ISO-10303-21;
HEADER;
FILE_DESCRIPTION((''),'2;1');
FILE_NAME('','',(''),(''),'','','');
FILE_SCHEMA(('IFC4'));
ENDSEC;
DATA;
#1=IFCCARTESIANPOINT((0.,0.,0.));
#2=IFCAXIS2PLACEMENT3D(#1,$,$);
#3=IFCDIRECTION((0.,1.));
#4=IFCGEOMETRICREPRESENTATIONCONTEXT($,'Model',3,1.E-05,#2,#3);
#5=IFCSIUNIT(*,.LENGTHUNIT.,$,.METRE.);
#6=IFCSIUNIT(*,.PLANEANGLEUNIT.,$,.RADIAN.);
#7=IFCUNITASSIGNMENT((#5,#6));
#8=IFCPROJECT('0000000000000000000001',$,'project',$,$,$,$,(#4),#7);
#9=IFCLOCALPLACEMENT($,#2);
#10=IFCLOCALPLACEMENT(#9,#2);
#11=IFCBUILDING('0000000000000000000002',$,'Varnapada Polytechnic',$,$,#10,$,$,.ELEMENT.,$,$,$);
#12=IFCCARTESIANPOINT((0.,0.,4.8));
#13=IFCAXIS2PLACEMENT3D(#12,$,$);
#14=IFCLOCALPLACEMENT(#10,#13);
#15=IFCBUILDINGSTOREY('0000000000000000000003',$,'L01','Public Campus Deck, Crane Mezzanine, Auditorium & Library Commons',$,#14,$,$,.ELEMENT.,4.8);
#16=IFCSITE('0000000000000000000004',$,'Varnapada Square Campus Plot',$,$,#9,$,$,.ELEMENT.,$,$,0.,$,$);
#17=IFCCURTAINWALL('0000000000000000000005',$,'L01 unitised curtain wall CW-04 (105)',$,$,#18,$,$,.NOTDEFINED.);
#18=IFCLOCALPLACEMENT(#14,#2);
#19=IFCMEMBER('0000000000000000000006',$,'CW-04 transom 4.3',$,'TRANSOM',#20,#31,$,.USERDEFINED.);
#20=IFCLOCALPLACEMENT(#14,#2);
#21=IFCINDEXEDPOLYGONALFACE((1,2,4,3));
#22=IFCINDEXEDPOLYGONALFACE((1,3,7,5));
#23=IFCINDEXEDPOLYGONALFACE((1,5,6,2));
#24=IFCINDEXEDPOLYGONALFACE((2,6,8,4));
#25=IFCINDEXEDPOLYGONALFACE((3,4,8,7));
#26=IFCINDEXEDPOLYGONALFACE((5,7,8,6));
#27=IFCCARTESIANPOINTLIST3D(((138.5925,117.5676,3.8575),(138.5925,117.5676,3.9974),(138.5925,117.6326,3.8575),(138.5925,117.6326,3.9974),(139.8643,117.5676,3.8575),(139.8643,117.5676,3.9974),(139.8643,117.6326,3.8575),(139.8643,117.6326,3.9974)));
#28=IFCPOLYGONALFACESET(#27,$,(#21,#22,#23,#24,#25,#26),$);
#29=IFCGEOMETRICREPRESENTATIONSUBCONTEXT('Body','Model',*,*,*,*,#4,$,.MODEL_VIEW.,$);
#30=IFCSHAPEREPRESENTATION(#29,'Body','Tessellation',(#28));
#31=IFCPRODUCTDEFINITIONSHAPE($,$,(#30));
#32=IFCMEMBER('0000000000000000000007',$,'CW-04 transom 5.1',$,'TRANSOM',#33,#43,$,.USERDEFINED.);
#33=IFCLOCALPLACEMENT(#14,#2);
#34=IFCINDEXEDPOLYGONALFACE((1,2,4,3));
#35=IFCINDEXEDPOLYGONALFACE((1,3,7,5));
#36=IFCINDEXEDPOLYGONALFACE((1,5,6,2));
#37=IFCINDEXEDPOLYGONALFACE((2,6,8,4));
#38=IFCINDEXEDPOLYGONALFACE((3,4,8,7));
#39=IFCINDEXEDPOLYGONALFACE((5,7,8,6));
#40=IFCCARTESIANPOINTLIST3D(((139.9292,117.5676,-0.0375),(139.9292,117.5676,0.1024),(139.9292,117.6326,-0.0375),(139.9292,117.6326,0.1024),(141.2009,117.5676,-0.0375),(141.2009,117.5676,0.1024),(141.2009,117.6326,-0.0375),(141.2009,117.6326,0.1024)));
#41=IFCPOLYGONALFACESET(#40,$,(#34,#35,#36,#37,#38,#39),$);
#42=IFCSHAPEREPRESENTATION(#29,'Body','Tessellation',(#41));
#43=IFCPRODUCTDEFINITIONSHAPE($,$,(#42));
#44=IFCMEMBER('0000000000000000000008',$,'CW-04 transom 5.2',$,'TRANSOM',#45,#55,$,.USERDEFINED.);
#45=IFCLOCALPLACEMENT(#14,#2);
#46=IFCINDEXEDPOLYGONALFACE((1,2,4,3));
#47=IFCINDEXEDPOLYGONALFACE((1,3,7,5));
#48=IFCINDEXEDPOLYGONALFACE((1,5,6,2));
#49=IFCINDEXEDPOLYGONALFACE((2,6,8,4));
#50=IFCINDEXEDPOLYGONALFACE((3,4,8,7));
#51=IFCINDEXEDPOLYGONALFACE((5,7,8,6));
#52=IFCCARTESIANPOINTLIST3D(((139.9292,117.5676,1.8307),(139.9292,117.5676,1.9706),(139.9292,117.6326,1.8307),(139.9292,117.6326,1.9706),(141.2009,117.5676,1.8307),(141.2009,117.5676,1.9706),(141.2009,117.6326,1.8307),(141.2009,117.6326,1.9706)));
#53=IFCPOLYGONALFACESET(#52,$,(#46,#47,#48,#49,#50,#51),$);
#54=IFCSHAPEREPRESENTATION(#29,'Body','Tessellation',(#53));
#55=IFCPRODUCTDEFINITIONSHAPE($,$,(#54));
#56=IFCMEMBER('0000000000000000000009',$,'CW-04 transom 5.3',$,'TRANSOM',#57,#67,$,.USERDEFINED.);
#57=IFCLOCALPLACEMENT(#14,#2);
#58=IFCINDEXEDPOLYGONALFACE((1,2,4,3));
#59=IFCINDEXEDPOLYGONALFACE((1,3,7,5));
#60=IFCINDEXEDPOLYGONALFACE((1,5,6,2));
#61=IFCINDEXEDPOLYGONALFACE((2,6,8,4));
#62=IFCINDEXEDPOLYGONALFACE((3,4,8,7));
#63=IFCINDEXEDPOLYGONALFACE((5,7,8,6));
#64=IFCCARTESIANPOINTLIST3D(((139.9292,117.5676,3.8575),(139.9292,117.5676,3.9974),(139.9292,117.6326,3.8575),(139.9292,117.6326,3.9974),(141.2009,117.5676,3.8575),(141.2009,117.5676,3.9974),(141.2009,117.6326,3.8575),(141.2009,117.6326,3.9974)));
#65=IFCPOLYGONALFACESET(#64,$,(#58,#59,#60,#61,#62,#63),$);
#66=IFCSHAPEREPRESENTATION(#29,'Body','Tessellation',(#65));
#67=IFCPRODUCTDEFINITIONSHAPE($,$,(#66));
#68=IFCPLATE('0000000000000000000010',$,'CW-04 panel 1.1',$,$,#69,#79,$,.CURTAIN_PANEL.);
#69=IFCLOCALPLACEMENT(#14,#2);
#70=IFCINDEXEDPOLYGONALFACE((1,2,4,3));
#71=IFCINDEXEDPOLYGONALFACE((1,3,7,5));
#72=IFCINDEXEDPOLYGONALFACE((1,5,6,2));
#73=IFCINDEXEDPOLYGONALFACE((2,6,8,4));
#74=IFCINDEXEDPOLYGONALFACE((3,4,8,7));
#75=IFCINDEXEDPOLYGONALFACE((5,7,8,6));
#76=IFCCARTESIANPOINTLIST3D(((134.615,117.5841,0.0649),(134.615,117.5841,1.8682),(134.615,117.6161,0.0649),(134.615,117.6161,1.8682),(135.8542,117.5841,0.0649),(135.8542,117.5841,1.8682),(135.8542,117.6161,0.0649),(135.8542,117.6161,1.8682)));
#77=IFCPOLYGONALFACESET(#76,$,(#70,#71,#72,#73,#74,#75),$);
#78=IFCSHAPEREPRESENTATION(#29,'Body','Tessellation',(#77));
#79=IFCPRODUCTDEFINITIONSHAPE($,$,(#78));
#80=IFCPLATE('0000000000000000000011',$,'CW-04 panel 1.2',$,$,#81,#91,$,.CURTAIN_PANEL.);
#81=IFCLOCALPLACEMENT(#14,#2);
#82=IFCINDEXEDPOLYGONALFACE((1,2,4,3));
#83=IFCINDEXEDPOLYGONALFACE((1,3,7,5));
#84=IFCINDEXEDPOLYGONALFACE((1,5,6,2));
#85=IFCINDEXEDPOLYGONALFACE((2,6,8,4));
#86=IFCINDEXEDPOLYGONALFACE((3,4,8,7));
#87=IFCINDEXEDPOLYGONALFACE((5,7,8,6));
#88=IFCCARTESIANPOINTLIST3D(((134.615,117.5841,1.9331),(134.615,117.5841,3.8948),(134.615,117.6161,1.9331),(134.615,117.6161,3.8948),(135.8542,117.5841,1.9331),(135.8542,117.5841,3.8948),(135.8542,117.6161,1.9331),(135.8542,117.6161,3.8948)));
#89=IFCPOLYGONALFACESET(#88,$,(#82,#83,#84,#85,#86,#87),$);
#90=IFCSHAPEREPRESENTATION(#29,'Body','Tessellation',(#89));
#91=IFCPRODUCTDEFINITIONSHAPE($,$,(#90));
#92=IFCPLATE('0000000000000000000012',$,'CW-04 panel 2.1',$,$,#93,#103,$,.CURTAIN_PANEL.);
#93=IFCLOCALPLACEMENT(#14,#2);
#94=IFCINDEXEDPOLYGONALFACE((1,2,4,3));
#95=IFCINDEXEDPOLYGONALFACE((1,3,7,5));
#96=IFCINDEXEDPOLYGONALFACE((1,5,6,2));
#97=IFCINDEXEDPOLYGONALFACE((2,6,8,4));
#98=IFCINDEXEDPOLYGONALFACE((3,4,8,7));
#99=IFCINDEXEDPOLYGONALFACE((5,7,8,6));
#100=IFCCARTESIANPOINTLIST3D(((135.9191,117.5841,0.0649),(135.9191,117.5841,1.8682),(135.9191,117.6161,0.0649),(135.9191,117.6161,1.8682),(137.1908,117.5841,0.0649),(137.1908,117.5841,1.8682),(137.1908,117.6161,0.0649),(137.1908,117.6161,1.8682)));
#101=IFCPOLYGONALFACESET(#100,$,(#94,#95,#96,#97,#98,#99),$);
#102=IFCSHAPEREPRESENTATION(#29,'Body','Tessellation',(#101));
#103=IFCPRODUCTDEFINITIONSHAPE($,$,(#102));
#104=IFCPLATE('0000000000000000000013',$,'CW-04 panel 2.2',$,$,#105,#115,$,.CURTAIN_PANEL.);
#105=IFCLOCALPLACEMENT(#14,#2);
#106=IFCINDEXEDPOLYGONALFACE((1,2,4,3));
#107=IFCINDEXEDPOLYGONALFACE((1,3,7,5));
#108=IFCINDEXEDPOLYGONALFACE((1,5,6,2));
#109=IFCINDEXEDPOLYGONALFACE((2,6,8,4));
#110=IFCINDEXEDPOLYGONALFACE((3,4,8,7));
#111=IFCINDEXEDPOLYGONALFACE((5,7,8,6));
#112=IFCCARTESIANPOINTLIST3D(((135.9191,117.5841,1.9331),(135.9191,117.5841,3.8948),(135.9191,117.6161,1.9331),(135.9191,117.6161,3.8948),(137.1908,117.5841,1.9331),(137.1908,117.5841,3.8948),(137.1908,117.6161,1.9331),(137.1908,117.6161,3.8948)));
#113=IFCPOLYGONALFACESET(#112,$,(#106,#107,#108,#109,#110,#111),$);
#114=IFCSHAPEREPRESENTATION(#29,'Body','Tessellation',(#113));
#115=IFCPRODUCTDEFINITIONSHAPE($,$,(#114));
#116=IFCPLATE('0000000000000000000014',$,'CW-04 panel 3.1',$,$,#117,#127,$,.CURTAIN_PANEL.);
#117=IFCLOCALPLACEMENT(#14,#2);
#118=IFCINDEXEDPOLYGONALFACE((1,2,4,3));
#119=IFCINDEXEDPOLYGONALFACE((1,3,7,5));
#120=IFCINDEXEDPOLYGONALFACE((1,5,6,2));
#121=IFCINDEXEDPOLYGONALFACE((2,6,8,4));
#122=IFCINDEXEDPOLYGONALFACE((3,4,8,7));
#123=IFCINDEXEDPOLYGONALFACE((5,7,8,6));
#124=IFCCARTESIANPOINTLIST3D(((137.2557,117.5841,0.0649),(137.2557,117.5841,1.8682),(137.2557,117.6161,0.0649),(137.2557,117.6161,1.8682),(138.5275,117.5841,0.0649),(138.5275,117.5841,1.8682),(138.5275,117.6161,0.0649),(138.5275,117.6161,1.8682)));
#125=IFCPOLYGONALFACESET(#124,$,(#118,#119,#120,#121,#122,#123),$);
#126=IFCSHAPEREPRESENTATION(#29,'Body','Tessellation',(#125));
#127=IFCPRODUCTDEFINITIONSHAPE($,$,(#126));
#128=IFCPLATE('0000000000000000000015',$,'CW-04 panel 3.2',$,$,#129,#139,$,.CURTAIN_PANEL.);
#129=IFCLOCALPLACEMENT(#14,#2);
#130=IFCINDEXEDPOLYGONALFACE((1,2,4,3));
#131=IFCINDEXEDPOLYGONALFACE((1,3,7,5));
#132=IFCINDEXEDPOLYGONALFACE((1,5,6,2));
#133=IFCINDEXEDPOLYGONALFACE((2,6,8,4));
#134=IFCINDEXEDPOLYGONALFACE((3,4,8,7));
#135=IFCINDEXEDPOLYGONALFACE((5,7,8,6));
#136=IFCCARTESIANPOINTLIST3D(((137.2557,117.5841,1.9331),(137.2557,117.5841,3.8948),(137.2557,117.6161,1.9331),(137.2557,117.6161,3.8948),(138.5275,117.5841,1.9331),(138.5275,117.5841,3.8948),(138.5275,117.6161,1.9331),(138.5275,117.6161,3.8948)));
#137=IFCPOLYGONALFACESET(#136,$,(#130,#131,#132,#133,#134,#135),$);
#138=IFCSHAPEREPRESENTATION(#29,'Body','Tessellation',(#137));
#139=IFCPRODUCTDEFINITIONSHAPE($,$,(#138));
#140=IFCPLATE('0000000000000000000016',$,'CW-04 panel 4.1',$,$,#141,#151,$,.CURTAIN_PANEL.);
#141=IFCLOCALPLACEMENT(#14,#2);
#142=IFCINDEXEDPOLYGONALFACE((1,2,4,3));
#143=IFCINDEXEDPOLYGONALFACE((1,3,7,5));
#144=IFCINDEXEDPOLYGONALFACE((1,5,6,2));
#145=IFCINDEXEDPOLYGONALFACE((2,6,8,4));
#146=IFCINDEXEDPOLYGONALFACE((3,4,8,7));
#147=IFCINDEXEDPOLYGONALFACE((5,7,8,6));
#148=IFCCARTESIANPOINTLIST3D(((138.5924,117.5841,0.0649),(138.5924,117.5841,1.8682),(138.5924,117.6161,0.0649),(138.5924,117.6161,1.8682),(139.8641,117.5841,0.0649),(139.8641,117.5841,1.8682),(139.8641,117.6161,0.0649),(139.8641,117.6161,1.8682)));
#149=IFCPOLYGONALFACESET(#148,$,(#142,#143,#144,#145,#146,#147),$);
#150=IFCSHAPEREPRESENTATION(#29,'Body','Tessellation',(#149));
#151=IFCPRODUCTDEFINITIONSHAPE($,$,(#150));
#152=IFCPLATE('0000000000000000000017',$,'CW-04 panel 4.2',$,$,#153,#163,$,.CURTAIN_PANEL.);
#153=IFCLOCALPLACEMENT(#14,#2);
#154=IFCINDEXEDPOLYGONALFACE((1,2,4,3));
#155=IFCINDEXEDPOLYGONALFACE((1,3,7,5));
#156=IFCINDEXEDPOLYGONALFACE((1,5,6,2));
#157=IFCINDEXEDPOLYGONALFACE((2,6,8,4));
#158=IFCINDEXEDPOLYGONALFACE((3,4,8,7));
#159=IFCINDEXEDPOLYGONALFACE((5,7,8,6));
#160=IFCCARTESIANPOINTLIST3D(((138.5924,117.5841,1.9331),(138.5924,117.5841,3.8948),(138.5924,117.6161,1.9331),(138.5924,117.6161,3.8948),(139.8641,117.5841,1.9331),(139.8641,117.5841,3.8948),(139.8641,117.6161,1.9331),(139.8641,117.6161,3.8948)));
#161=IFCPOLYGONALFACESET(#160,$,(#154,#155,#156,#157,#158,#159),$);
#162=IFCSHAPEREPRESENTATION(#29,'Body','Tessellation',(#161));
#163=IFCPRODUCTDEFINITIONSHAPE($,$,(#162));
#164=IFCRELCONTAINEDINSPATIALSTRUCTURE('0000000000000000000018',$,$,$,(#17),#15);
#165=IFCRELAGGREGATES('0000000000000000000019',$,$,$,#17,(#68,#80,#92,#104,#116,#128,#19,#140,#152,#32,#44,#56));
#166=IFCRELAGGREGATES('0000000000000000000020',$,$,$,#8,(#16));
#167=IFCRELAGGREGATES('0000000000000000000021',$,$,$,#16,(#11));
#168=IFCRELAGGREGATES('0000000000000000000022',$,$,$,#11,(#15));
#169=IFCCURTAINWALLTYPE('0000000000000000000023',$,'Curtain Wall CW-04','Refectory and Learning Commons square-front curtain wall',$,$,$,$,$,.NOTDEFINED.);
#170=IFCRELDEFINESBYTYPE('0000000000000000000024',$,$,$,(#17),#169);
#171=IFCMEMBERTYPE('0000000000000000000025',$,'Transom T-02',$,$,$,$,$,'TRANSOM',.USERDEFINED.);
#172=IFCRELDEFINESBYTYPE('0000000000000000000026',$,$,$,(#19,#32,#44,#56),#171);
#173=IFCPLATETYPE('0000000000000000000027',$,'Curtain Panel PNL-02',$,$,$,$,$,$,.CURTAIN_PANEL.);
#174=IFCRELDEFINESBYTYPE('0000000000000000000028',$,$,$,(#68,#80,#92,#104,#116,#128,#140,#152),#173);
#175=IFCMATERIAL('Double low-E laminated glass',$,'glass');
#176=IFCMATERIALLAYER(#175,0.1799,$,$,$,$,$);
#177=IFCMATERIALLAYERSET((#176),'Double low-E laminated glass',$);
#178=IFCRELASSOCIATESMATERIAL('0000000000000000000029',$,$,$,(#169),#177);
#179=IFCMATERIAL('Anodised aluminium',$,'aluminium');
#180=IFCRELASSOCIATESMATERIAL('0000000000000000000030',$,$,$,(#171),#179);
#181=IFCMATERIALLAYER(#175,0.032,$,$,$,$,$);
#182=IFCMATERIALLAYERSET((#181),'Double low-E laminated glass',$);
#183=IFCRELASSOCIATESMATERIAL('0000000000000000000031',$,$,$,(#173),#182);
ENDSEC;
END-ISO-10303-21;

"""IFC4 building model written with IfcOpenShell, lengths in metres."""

from ifc_helpers import new_model, si_unit, direction, frame, origin, origin_2d, place, context, subcontext, project, spatial, rectangle, extrude, material, layer, layer_set, material_profile, profile_set, type_object, element, aggregate, save


model = new_model("IFC4")

# Units and contexts
model_context = context("Model", 3, precision=1e-05, world=origin(), true_north=direction((0.0, 1.0)))
body_context = subcontext(model_context, "Body", "Model", "MODEL_VIEW")
ifc_project = project(units=[si_unit("LENGTHUNIT", "METRE"), si_unit("PLANEANGLEUNIT", "RADIAN")], contexts=[model_context])

# Site, building, storey
site_placement = place(None, origin())
site = spatial("IfcSite", under=ifc_project, at=site_placement, Name="Varnapada Square Campus Plot", CompositionType="ELEMENT", RefElevation=0.0)
building_placement = place(site_placement, origin())
building = spatial("IfcBuilding", under=site, at=building_placement, Name="Varnapada Polytechnic", CompositionType="ELEMENT")
storey_placement = place(building_placement, frame((0.0, 0.0, 4.8)))
storey = spatial("IfcBuildingStorey", under=building, at=storey_placement, Name="L01", Description="Public Campus Deck, Crane Mezzanine, Auditorium & Library Commons", CompositionType="ELEMENT", Elevation=4.8)

# Curtain wall, members, plates
ifc_material_1 = material(Name="Double low-E laminated glass", Category="glass")
ifc_layer_1 = layer(ifc_material_1, 0.1799)
ifc_layer_set_1 = layer_set([ifc_layer_1], Name="Double low-E laminated glass")
curtain_wall_type = type_object("IfcCurtainWallType", Name="Curtain Wall CW-04", Description="Refectory and Learning Commons square-front curtain wall", PredefinedType="NOTDEFINED", material=ifc_layer_set_1)
curtain_wall_placement = place(storey_placement, origin())
curtain_wall = element("IfcCurtainWall", 1, at=curtain_wall_placement, inside=storey, type_object=curtain_wall_type, Name="L01 unitised curtain wall CW-04 (105)", PredefinedType="NOTDEFINED")
ifc_material_2 = material(Name="Anodised aluminium", Category="aluminium")
ifc_material_profile_1 = material_profile(ifc_material_2, rectangle(XDim=0.0649, YDim=0.1399, at=origin_2d()), Name="ALU T65x140")
ifc_profile_set_1 = profile_set([ifc_material_profile_1], Name="Anodised aluminium")
member_type_1 = type_object("IfcMemberType", Name="Transom T-02", ElementType="TRANSOM", PredefinedType="USERDEFINED", material=ifc_profile_set_1)
member_1_placement = place(storey_placement, frame((138.5925, 117.6001, 3.9275), z_axis=(1.0, 0.0, 0.0), x_axis=(0.0, 1.0, 0.0)))
member_1 = element("IfcMember", 2, at=member_1_placement, type_object=member_type_1, Name="CW-04 transom 4.3", ObjectType="TRANSOM", PredefinedType="USERDEFINED", context=body_context, shape_type="SweptSolid", body=[
    extrude(rectangle(XDim=0.0649, YDim=0.1399, at=origin_2d()), origin(), (0.0, 0.0, 1.0), 1.2717),
])
member_2_placement = place(storey_placement, frame((139.9292, 117.6001, 0.0325), z_axis=(1.0, 0.0, 0.0), x_axis=(0.0, 1.0, 0.0)))
member_2 = element("IfcMember", 3, at=member_2_placement, type_object=member_type_1, Name="CW-04 transom 5.1", ObjectType="TRANSOM", PredefinedType="USERDEFINED", context=body_context, shape_type="SweptSolid", body=[
    extrude(rectangle(XDim=0.0649, YDim=0.1399, at=origin_2d()), origin(), (0.0, 0.0, 1.0), 1.2717),
])
member_3_placement = place(storey_placement, frame((139.9292, 117.6001, 1.9006), z_axis=(1.0, 0.0, 0.0), x_axis=(0.0, 1.0, 0.0)))
member_3 = element("IfcMember", 4, at=member_3_placement, type_object=member_type_1, Name="CW-04 transom 5.2", ObjectType="TRANSOM", PredefinedType="USERDEFINED", context=body_context, shape_type="SweptSolid", body=[
    extrude(rectangle(XDim=0.0649, YDim=0.1399, at=origin_2d()), origin(), (0.0, 0.0, 1.0), 1.2717),
])
member_4_placement = place(storey_placement, frame((139.9292, 117.6001, 3.9275), z_axis=(1.0, 0.0, 0.0), x_axis=(0.0, 1.0, 0.0)))
member_4 = element("IfcMember", 5, at=member_4_placement, type_object=member_type_1, Name="CW-04 transom 5.3", ObjectType="TRANSOM", PredefinedType="USERDEFINED", context=body_context, shape_type="SweptSolid", body=[
    extrude(rectangle(XDim=0.0649, YDim=0.1399, at=origin_2d()), origin(), (0.0, 0.0, 1.0), 1.2717),
])
ifc_layer_2 = layer(ifc_material_1, 0.032)
ifc_layer_set_2 = layer_set([ifc_layer_2], Name="Double low-E laminated glass")
plate_type = type_object("IfcPlateType", Name="Curtain Panel PNL-02", PredefinedType="CURTAIN_PANEL", material=ifc_layer_set_2)
plate_1_placement = place(storey_placement, frame((135.2346, 117.6001, 0.0649), z_axis=(0.0, 0.0, 1.0), x_axis=(1.0, 0.0, 0.0)))
plate_1 = element("IfcPlate", 6, at=plate_1_placement, type_object=plate_type, Name="CW-04 panel 1.1", PredefinedType="CURTAIN_PANEL", context=body_context, shape_type="SweptSolid", body=[
    extrude(rectangle(XDim=1.2393, YDim=0.032, at=origin_2d()), origin(), (0.0, 0.0, 1.0), 1.8032),
])
plate_2_placement = place(storey_placement, frame((135.2346, 117.6001, 1.9331), z_axis=(0.0, 0.0, 1.0), x_axis=(1.0, 0.0, 0.0)))
plate_2 = element("IfcPlate", 7, at=plate_2_placement, type_object=plate_type, Name="CW-04 panel 1.2", PredefinedType="CURTAIN_PANEL", context=body_context, shape_type="SweptSolid", body=[
    extrude(rectangle(XDim=1.2393, YDim=0.032, at=origin_2d()), origin(), (0.0, 0.0, 1.0), 1.9617),
])
plate_3_placement = place(storey_placement, frame((136.5549, 117.6001, 0.0649), z_axis=(0.0, 0.0, 1.0), x_axis=(1.0, 0.0, 0.0)))
plate_3 = element("IfcPlate", 8, at=plate_3_placement, type_object=plate_type, Name="CW-04 panel 2.1", PredefinedType="CURTAIN_PANEL", context=body_context, shape_type="SweptSolid", body=[
    extrude(rectangle(XDim=1.2717, YDim=0.032, at=origin_2d()), origin(), (0.0, 0.0, 1.0), 1.8032),
])
plate_4_placement = place(storey_placement, frame((136.5549, 117.6001, 1.9331), z_axis=(0.0, 0.0, 1.0), x_axis=(1.0, 0.0, 0.0)))
plate_4 = element("IfcPlate", 9, at=plate_4_placement, type_object=plate_type, Name="CW-04 panel 2.2", PredefinedType="CURTAIN_PANEL", context=body_context, shape_type="SweptSolid", body=[
    extrude(rectangle(XDim=1.2717, YDim=0.032, at=origin_2d()), origin(), (0.0, 0.0, 1.0), 1.9617),
])
plate_5_placement = place(storey_placement, frame((137.8916, 117.6001, 0.0649), z_axis=(0.0, 0.0, 1.0), x_axis=(1.0, 0.0, 0.0)))
plate_5 = element("IfcPlate", 10, at=plate_5_placement, type_object=plate_type, Name="CW-04 panel 3.1", PredefinedType="CURTAIN_PANEL", context=body_context, shape_type="SweptSolid", body=[
    extrude(rectangle(XDim=1.2717, YDim=0.032, at=origin_2d()), origin(), (0.0, 0.0, 1.0), 1.8032),
])
plate_6_placement = place(storey_placement, frame((137.8916, 117.6001, 1.9331), z_axis=(0.0, 0.0, 1.0), x_axis=(1.0, 0.0, 0.0)))
plate_6 = element("IfcPlate", 11, at=plate_6_placement, type_object=plate_type, Name="CW-04 panel 3.2", PredefinedType="CURTAIN_PANEL", context=body_context, shape_type="SweptSolid", body=[
    extrude(rectangle(XDim=1.2717, YDim=0.032, at=origin_2d()), origin(), (0.0, 0.0, 1.0), 1.9617),
])
plate_7_placement = place(storey_placement, frame((139.2283, 117.6001, 0.0649), z_axis=(0.0, 0.0, 1.0), x_axis=(1.0, 0.0, 0.0)))
plate_7 = element("IfcPlate", 12, at=plate_7_placement, type_object=plate_type, Name="CW-04 panel 4.1", PredefinedType="CURTAIN_PANEL", context=body_context, shape_type="SweptSolid", body=[
    extrude(rectangle(XDim=1.2717, YDim=0.032, at=origin_2d()), origin(), (0.0, 0.0, 1.0), 1.8032),
])
plate_8_placement = place(storey_placement, frame((139.2283, 117.6001, 1.9331), z_axis=(0.0, 0.0, 1.0), x_axis=(1.0, 0.0, 0.0)))
plate_8 = element("IfcPlate", 13, at=plate_8_placement, type_object=plate_type, Name="CW-04 panel 4.2", PredefinedType="CURTAIN_PANEL", context=body_context, shape_type="SweptSolid", body=[
    extrude(rectangle(XDim=1.2717, YDim=0.032, at=origin_2d()), origin(), (0.0, 0.0, 1.0), 1.9617),
])
aggregate(curtain_wall, [plate_1, plate_2, plate_3, plate_4, plate_5, plate_6, member_1, plate_7, plate_8, member_2, member_3, member_4])

save(model, "model.ifc")
